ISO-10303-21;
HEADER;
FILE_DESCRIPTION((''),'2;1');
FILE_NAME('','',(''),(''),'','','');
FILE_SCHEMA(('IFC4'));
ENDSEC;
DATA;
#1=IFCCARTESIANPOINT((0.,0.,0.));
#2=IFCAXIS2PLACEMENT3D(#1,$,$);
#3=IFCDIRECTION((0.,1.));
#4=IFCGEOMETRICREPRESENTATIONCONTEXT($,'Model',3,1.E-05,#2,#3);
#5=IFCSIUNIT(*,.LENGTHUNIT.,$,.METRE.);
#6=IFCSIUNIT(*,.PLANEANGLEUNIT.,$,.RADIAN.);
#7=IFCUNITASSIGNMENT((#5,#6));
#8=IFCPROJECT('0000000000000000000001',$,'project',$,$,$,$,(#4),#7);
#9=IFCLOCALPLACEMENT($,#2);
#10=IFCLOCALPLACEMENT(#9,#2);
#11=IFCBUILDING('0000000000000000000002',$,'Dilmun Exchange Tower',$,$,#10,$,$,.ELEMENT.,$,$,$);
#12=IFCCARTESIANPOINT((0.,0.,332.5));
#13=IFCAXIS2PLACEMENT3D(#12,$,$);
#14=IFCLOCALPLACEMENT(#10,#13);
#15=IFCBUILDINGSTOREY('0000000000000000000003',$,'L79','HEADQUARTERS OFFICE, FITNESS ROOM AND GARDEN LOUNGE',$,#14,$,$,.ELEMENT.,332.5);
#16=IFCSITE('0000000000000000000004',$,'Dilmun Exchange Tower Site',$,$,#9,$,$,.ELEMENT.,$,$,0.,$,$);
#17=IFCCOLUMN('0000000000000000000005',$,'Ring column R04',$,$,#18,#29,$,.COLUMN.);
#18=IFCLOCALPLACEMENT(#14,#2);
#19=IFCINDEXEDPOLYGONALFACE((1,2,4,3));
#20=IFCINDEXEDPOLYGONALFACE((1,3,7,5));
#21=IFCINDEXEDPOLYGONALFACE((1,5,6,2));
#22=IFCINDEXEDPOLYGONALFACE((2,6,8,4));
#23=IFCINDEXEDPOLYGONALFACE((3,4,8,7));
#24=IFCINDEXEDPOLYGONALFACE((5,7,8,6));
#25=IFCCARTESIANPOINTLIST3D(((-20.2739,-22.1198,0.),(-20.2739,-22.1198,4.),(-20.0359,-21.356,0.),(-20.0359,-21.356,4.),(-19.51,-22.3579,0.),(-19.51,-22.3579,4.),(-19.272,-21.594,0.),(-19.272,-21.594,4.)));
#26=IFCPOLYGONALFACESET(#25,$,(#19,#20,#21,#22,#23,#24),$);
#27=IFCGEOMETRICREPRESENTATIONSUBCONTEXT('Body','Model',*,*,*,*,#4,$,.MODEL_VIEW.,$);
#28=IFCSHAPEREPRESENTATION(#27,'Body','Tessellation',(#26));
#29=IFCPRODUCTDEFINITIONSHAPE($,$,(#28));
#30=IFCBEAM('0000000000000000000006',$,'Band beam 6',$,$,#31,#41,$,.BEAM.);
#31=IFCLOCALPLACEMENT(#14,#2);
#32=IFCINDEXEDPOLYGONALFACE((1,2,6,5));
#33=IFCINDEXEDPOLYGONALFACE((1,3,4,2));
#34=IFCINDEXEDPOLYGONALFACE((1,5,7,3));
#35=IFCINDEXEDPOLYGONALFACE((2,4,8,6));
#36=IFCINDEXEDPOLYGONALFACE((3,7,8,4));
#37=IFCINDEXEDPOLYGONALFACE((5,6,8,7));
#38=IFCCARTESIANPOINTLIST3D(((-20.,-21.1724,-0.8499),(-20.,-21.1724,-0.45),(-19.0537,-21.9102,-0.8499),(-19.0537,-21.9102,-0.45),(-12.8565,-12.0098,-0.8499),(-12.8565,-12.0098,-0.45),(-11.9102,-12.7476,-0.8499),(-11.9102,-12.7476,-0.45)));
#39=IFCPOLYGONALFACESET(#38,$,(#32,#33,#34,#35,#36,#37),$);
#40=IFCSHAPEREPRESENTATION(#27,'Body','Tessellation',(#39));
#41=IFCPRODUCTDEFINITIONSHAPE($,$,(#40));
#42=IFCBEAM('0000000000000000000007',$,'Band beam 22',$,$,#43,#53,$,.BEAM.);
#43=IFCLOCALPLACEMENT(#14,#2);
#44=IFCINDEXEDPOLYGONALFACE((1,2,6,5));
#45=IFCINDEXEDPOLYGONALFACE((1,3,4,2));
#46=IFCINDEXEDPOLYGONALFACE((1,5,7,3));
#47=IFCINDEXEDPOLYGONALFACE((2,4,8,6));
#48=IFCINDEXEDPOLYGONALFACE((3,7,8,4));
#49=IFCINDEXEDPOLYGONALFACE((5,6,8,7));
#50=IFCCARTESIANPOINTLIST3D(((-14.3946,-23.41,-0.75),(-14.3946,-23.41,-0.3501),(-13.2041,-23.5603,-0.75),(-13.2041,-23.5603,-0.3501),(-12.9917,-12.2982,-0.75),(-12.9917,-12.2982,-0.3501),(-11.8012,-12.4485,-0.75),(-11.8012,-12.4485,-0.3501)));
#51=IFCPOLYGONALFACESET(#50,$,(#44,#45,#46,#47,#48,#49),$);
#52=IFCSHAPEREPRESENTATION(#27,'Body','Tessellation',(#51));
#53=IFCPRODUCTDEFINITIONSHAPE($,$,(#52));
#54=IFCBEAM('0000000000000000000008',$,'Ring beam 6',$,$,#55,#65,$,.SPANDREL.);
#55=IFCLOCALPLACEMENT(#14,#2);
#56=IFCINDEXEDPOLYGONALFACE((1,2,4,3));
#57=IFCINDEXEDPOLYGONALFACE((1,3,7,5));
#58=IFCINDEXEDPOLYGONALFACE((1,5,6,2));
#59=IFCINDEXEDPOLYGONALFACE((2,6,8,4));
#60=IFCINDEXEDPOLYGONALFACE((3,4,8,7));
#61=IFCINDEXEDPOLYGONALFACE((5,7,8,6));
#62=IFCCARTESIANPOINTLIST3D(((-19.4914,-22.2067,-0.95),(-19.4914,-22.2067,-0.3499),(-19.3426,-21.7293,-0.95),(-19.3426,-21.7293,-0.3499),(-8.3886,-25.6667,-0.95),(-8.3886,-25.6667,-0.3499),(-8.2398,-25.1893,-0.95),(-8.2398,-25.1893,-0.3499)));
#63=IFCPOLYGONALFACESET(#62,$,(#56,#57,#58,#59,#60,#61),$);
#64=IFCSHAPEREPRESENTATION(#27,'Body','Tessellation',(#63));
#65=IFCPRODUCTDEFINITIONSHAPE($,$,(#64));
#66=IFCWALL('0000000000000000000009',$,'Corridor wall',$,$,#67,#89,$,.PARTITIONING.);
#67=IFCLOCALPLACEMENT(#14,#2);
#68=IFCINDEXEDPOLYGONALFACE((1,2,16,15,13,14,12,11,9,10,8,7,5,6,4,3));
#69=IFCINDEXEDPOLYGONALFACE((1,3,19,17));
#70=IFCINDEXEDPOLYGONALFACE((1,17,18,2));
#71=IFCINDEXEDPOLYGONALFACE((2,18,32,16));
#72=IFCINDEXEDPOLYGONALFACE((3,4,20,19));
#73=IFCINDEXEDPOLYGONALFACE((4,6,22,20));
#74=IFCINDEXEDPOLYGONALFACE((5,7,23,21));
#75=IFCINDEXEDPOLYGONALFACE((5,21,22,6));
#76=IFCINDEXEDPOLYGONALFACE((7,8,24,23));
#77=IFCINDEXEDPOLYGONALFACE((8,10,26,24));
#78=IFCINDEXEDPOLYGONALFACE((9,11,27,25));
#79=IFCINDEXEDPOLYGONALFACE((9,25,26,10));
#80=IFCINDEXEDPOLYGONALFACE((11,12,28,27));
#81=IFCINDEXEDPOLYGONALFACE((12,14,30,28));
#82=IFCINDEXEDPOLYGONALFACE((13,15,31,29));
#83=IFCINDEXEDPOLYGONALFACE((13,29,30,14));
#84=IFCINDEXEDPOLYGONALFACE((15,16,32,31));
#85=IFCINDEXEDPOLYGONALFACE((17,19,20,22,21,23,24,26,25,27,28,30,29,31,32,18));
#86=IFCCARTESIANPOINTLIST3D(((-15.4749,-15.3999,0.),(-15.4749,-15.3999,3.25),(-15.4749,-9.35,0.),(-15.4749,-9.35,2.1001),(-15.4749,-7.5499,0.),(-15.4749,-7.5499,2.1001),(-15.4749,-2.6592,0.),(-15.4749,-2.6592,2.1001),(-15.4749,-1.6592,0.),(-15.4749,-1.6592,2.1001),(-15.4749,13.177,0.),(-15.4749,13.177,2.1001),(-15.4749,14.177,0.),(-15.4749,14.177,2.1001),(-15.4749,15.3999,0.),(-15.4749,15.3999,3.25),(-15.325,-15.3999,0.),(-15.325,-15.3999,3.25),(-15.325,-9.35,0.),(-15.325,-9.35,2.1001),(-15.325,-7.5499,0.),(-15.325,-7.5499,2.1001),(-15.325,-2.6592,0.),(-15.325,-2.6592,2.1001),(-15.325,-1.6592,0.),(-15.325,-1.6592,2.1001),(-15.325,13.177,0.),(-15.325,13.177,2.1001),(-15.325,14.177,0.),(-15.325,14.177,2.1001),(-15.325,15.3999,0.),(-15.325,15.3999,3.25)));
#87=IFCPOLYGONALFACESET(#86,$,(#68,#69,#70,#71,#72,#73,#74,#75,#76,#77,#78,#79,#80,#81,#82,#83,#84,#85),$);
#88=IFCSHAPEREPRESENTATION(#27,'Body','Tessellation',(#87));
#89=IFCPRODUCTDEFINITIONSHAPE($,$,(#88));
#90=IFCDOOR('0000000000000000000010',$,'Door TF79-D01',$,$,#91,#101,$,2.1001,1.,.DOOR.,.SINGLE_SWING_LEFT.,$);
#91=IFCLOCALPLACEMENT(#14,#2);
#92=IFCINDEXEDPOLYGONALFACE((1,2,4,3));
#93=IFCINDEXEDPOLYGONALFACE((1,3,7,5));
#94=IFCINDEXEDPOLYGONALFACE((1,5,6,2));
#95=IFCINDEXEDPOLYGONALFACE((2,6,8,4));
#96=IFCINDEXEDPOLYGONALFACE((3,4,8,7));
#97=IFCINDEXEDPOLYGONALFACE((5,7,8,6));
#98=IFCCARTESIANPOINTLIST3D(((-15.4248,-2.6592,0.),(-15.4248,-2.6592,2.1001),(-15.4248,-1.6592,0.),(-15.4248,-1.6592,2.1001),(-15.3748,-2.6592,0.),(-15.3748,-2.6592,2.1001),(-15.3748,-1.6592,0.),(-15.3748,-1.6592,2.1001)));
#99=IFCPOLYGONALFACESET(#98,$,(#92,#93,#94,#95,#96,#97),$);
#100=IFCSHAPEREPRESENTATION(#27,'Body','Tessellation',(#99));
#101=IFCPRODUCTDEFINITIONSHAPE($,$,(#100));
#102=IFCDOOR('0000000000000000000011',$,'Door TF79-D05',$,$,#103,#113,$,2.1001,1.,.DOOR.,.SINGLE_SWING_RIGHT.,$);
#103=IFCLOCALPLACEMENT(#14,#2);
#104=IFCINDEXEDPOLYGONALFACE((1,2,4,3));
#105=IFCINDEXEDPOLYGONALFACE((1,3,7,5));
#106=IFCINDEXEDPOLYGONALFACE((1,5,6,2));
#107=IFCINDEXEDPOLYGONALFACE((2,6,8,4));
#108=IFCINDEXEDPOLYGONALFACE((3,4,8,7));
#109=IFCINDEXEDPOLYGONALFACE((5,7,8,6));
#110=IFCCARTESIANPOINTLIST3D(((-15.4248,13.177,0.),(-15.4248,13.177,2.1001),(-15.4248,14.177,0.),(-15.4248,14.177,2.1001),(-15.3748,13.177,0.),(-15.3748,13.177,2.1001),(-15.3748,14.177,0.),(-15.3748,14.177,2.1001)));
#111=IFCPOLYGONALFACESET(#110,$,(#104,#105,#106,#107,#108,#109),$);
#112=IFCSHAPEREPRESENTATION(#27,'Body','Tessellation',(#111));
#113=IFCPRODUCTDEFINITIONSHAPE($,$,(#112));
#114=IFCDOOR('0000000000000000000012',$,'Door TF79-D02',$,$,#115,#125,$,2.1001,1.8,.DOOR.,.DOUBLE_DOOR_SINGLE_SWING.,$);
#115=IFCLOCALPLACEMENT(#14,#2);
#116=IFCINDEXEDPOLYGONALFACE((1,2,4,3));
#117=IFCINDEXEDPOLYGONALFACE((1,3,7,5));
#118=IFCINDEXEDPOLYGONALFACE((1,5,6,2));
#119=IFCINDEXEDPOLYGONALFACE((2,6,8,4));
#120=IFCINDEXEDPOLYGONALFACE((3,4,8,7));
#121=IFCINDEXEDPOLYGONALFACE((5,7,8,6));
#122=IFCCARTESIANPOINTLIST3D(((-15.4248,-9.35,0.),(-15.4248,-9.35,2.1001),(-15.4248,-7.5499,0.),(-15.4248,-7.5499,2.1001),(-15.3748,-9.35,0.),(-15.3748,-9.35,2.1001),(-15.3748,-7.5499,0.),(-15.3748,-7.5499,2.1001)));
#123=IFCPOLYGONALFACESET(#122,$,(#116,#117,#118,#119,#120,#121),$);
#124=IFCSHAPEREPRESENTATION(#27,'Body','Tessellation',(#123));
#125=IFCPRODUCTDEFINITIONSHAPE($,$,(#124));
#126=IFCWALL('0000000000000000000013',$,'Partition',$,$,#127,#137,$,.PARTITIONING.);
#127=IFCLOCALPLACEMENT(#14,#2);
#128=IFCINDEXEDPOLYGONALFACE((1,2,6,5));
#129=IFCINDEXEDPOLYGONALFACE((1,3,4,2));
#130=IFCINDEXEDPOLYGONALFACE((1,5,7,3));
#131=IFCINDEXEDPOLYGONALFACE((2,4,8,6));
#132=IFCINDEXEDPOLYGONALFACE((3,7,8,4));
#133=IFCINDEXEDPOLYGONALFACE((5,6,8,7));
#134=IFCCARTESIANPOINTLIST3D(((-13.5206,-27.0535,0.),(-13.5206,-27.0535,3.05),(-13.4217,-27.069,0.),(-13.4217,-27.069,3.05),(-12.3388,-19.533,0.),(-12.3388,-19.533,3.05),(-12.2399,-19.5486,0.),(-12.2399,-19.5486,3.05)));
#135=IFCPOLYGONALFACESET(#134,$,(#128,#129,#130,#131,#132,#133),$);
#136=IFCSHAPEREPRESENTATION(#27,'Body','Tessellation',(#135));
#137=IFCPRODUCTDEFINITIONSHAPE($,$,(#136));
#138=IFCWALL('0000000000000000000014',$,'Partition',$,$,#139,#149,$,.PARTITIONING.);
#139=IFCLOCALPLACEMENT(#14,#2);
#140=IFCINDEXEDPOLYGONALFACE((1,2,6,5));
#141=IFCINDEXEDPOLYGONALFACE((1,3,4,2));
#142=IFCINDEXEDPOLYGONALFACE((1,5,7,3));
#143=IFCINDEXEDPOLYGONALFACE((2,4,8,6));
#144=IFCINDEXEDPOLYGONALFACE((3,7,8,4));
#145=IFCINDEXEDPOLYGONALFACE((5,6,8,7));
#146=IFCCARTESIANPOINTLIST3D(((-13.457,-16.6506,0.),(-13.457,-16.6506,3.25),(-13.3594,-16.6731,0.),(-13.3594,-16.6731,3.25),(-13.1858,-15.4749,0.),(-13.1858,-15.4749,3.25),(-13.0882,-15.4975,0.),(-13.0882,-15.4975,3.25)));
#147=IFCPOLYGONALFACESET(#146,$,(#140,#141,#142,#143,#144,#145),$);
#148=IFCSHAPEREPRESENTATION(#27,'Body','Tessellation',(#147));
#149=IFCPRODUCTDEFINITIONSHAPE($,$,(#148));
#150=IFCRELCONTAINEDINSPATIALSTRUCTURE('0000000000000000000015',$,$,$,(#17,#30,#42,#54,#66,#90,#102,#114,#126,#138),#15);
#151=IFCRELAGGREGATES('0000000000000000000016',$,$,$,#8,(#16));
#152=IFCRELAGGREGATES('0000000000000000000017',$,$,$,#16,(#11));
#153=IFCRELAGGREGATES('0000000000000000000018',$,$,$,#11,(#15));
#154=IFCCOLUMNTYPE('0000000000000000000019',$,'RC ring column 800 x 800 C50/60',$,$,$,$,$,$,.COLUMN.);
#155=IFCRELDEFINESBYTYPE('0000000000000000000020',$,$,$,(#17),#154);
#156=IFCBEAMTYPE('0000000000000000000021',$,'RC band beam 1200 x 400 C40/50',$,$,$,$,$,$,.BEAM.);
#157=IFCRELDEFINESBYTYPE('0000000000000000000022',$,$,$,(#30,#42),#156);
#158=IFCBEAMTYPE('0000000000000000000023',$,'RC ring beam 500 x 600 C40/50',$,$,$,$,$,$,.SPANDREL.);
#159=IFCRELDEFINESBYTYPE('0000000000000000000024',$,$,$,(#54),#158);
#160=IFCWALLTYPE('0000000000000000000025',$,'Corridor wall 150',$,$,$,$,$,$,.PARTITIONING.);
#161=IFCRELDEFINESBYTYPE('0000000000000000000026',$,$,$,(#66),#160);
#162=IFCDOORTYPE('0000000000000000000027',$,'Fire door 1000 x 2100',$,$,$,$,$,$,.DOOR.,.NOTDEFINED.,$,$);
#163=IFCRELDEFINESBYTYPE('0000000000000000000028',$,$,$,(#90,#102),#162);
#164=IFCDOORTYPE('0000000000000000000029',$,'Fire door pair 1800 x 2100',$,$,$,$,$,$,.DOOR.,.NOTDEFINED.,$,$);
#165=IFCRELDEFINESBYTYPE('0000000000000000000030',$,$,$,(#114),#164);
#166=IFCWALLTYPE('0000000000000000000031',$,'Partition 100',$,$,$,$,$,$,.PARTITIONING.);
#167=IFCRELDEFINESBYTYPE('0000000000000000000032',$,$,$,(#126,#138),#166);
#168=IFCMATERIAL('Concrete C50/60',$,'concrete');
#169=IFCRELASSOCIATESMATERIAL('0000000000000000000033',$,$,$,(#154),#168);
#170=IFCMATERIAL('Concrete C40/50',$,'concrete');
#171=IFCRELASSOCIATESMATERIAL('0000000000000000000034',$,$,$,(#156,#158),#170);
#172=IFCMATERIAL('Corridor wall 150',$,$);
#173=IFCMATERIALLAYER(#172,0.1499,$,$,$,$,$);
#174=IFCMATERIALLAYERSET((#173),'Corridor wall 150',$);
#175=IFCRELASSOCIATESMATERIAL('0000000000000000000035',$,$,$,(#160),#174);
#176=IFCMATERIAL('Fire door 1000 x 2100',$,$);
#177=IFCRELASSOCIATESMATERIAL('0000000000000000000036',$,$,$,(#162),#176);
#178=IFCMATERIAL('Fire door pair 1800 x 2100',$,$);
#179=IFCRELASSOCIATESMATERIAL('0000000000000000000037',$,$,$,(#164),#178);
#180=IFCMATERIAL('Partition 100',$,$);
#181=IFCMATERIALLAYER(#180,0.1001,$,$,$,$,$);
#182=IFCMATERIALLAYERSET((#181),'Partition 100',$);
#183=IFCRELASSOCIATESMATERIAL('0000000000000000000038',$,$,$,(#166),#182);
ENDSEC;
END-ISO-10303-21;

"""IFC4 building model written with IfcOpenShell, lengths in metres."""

from ifc_helpers import new_model, si_unit, direction, frame, frame_2d, origin, origin_2d, place, context, subcontext, project, spatial, rectangle, extrude, material, layer, layer_set, material_profile, profile_set, type_object, element, fill, save


model = new_model("IFC4")

# Units and contexts
model_context = context("Model", 3, precision=1e-05, world=origin(), true_north=direction((0.0, 1.0)))
body_context = subcontext(model_context, "Body", "Model", "MODEL_VIEW")
ifc_project = project(units=[si_unit("LENGTHUNIT", "METRE"), si_unit("PLANEANGLEUNIT", "RADIAN")], contexts=[model_context])

# Site, building, storey
site_placement = place(None, origin())
site = spatial("IfcSite", under=ifc_project, at=site_placement, Name="Dilmun Exchange Tower Site", CompositionType="ELEMENT", RefElevation=0.0)
building_placement = place(site_placement, origin())
building = spatial("IfcBuilding", under=site, at=building_placement, Name="Dilmun Exchange Tower", CompositionType="ELEMENT")
storey_placement = place(building_placement, frame((0.0, 0.0, 332.5)))
storey = spatial("IfcBuildingStorey", under=building, at=storey_placement, Name="L79", Description="HEADQUARTERS OFFICE, FITNESS ROOM AND GARDEN LOUNGE", CompositionType="ELEMENT", Elevation=332.5)

# Column
ifc_material_1 = material(Name="Concrete C50/60", Category="concrete")
ifc_material_profile_1 = material_profile(ifc_material_1, rectangle(XDim=0.8, YDim=0.8, at=origin_2d()), Name="800 x 800")
ifc_profile_set_1 = profile_set([ifc_material_profile_1], Name="Concrete C50/60")
column_type = type_object("IfcColumnType", Name="RC ring column 800 x 800 C50/60", PredefinedType="COLUMN", material=ifc_profile_set_1)
column_placement = place(storey_placement, frame((-19.7729, -21.8569, 0.0), z_axis=(0.0, 0.0, 1.0), x_axis=(0.297503, 0.954721, 0.0)))
element("IfcColumn", 1, at=column_placement, inside=storey, type_object=column_type, Name="Ring column R04", PredefinedType="COLUMN", context=body_context, shape_type="SweptSolid", body=[
    extrude(rectangle(XDim=0.8, YDim=0.8, at=origin_2d()), origin(), (0.0, 0.0, 1.0), 4.0),
])

# Beams
ifc_material_2 = material(Name="Concrete C40/50", Category="concrete")
ifc_material_profile_2 = material_profile(ifc_material_2, rectangle(XDim=1.2, YDim=0.3999, at=origin_2d()), Name="1200 x 400")
ifc_profile_set_2 = profile_set([ifc_material_profile_2], Name="Concrete C40/50")
beam_type_1 = type_object("IfcBeamType", Name="RC band beam 1200 x 400 C40/50", PredefinedType="BEAM", material=ifc_profile_set_2)
beam_1_placement = place(storey_placement, frame((-19.5269, -21.5413, -0.6499), z_axis=(0.614857, 0.788639, 0.0), x_axis=(-0.788639, 0.614857, 0.0)))
element("IfcBeam", 2, at=beam_1_placement, inside=storey, type_object=beam_type_1, Name="Band beam 6", PredefinedType="BEAM", context=body_context, shape_type="SweptSolid", body=[
    extrude(rectangle(XDim=1.2, YDim=0.3999, at=origin_2d()), origin(), (0.0, 0.0, 1.0), 11.6182),
])
beam_2_placement = place(storey_placement, frame((-13.7993, -23.4851, -0.55), z_axis=(0.125253, 0.992125, 0.0), x_axis=(-0.992125, 0.125253, 0.0)))
element("IfcBeam", 3, at=beam_2_placement, inside=storey, type_object=beam_type_1, Name="Band beam 22", PredefinedType="BEAM", context=body_context, shape_type="SweptSolid", body=[
    extrude(rectangle(XDim=1.2, YDim=0.3999, at=origin_2d()), origin(), (0.0, 0.0, 1.0), 11.2),
])
ifc_material_profile_3 = material_profile(ifc_material_2, rectangle(XDim=0.5, YDim=0.6001, at=origin_2d()), Name="500 x 600")
ifc_profile_set_3 = profile_set([ifc_material_profile_3], Name="Concrete C40/50")
beam_type_2 = type_object("IfcBeamType", Name="RC ring beam 500 x 600 C40/50", PredefinedType="SPANDREL", material=ifc_profile_set_3)
beam_3_placement = place(storey_placement, frame((-19.417, -21.968, -0.6499), z_axis=(0.954716, -0.297518, 0.0), x_axis=(0.297518, 0.954716, 0.0)))
element("IfcBeam", 4, at=beam_3_placement, inside=storey, type_object=beam_type_2, Name="Ring beam 6", PredefinedType="SPANDREL", context=body_context, shape_type="SweptSolid", body=[
    extrude(rectangle(XDim=0.5, YDim=0.6001, at=origin_2d()), origin(), (0.0, 0.0, 1.0), 11.6294),
])

# Wall, openings, doors
ifc_material_3 = material(Name="Corridor wall 150")
ifc_layer_1 = layer(ifc_material_3, 0.1499)
ifc_layer_set_1 = layer_set([ifc_layer_1], Name="Corridor wall 150")
wall_type_1 = type_object("IfcWallType", Name="Corridor wall 150", PredefinedType="PARTITIONING", material=ifc_layer_set_1)
wall_1_placement = place(storey_placement, frame((-15.3999, -15.3999, 0.0), z_axis=(0.0, 0.0, 1.0), x_axis=(0.0, 1.0, 0.0)))
wall_1 = element("IfcWall", 5, at=wall_1_placement, inside=storey, type_object=wall_type_1, Name="Corridor wall", PredefinedType="PARTITIONING", context=body_context, shape_type="SweptSolid", body=[
    extrude(rectangle(XDim=30.7998, YDim=0.1499, at=frame_2d((15.3999, 0.0))), origin(), (0.0, 0.0, 1.0), 3.25),
])
opening_1_placement = place(wall_1_placement, frame((12.7407, 0.0, 0.0)))
opening_1 = element("IfcOpeningElement", 6, at=opening_1_placement, cuts=wall_1, PredefinedType="OPENING", context=body_context, shape_type="SweptSolid", body=[
    extrude(rectangle(XDim=1.0, YDim=2.1001, at=frame_2d((0.5, 1.05))), frame((0.0, 0.085, 0.0), z_axis=(0.0, -1.0, 0.0), x_axis=(1.0, 0.0, 0.0)), (0.0, 0.0, 1.0), 0.1699),
])
opening_2_placement = place(wall_1_placement, frame((6.05, 0.0, 0.0)))
opening_2 = element("IfcOpeningElement", 7, at=opening_2_placement, cuts=wall_1, PredefinedType="OPENING", context=body_context, shape_type="SweptSolid", body=[
    extrude(rectangle(XDim=1.8, YDim=2.1001, at=frame_2d((0.8999, 1.05))), frame((0.0, 0.085, 0.0), z_axis=(0.0, -1.0, 0.0), x_axis=(1.0, 0.0, 0.0)), (0.0, 0.0, 1.0), 0.1699),
])
opening_3_placement = place(wall_1_placement, frame((28.5769, 0.0, 0.0)))
opening_3 = element("IfcOpeningElement", 8, at=opening_3_placement, cuts=wall_1, PredefinedType="OPENING", context=body_context, shape_type="SweptSolid", body=[
    extrude(rectangle(XDim=1.0, YDim=2.1001, at=frame_2d((0.5, 1.05))), frame((0.0, 0.085, 0.0), z_axis=(0.0, -1.0, 0.0), x_axis=(1.0, 0.0, 0.0)), (0.0, 0.0, 1.0), 0.1699),
])
ifc_material_4 = material(Name="Fire door 1000 x 2100")
door_type_1 = type_object("IfcDoorType", Name="Fire door 1000 x 2100", OperationType="NOTDEFINED", PredefinedType="DOOR", material=ifc_material_4)
door_1_placement = place(opening_1_placement, origin())
door_1 = element("IfcDoor", 9, at=door_1_placement, inside=storey, type_object=door_type_1, Name="Door TF79-D01", OperationType="SINGLE_SWING_LEFT", OverallHeight=2.1001, OverallWidth=1.0, PredefinedType="DOOR", context=body_context, shape_type="SweptSolid", body=[
    extrude(rectangle(XDim=1.0, YDim=2.1001, at=frame_2d((0.5, 1.05))), frame((0.0, 0.0249, 0.0), z_axis=(0.0, -1.0, 0.0), x_axis=(1.0, 0.0, 0.0)), (0.0, 0.0, 1.0), 0.05),
])
fill(opening_1, door_1)
door_2_placement = place(opening_3_placement, origin())
door_2 = element("IfcDoor", 10, at=door_2_placement, inside=storey, type_object=door_type_1, Name="Door TF79-D05", OperationType="SINGLE_SWING_RIGHT", OverallHeight=2.1001, OverallWidth=1.0, PredefinedType="DOOR", context=body_context, shape_type="SweptSolid", body=[
    extrude(rectangle(XDim=1.0, YDim=2.1001, at=frame_2d((0.5, 1.05))), frame((0.0, 0.0249, 0.0), z_axis=(0.0, -1.0, 0.0), x_axis=(1.0, 0.0, 0.0)), (0.0, 0.0, 1.0), 0.05),
])
fill(opening_3, door_2)
ifc_material_5 = material(Name="Fire door pair 1800 x 2100")
door_type_2 = type_object("IfcDoorType", Name="Fire door pair 1800 x 2100", OperationType="NOTDEFINED", PredefinedType="DOOR", material=ifc_material_5)
door_3_placement = place(opening_2_placement, origin())
door_3 = element("IfcDoor", 11, at=door_3_placement, inside=storey, type_object=door_type_2, Name="Door TF79-D02", OperationType="DOUBLE_DOOR_SINGLE_SWING", OverallHeight=2.1001, OverallWidth=1.8, PredefinedType="DOOR", context=body_context, shape_type="SweptSolid", body=[
    extrude(rectangle(XDim=1.8, YDim=2.1001, at=frame_2d((0.8999, 1.05))), frame((0.0, 0.0249, 0.0), z_axis=(0.0, -1.0, 0.0), x_axis=(1.0, 0.0, 0.0)), (0.0, 0.0, 1.0), 0.05),
])
fill(opening_2, door_3)

# Walls
ifc_material_6 = material(Name="Partition 100")
ifc_layer_2 = layer(ifc_material_6, 0.1001)
ifc_layer_set_2 = layer_set([ifc_layer_2], Name="Partition 100")
wall_type_2 = type_object("IfcWallType", Name="Partition 100", PredefinedType="PARTITIONING", material=ifc_layer_set_2)
wall_2_placement = place(storey_placement, frame((-13.4712, -27.0613, 0.0), z_axis=(0.0, 0.0, 1.0), x_axis=(0.155249, 0.987875, 0.0)))
element("IfcWall", 12, at=wall_2_placement, inside=storey, type_object=wall_type_2, Name="Partition", PredefinedType="PARTITIONING", context=body_context, shape_type="SweptSolid", body=[
    extrude(rectangle(XDim=7.6128, YDim=0.1001, at=frame_2d((3.8064, 0.0))), origin(), (0.0, 0.0, 1.0), 3.05),
])
wall_3_placement = place(storey_placement, frame((-13.4082, -16.6619, 0.0), z_axis=(0.0, 0.0, 1.0), x_axis=(0.224786, 0.974408, 0.0)))
element("IfcWall", 13, at=wall_3_placement, inside=storey, type_object=wall_type_2, Name="Partition", PredefinedType="PARTITIONING", context=body_context, shape_type="SweptSolid", body=[
    extrude(rectangle(XDim=1.2065, YDim=0.1001, at=frame_2d((0.6033, 0.0))), origin(), (0.0, 0.0, 1.0), 3.25),
])

save(model, "model.ifc")
